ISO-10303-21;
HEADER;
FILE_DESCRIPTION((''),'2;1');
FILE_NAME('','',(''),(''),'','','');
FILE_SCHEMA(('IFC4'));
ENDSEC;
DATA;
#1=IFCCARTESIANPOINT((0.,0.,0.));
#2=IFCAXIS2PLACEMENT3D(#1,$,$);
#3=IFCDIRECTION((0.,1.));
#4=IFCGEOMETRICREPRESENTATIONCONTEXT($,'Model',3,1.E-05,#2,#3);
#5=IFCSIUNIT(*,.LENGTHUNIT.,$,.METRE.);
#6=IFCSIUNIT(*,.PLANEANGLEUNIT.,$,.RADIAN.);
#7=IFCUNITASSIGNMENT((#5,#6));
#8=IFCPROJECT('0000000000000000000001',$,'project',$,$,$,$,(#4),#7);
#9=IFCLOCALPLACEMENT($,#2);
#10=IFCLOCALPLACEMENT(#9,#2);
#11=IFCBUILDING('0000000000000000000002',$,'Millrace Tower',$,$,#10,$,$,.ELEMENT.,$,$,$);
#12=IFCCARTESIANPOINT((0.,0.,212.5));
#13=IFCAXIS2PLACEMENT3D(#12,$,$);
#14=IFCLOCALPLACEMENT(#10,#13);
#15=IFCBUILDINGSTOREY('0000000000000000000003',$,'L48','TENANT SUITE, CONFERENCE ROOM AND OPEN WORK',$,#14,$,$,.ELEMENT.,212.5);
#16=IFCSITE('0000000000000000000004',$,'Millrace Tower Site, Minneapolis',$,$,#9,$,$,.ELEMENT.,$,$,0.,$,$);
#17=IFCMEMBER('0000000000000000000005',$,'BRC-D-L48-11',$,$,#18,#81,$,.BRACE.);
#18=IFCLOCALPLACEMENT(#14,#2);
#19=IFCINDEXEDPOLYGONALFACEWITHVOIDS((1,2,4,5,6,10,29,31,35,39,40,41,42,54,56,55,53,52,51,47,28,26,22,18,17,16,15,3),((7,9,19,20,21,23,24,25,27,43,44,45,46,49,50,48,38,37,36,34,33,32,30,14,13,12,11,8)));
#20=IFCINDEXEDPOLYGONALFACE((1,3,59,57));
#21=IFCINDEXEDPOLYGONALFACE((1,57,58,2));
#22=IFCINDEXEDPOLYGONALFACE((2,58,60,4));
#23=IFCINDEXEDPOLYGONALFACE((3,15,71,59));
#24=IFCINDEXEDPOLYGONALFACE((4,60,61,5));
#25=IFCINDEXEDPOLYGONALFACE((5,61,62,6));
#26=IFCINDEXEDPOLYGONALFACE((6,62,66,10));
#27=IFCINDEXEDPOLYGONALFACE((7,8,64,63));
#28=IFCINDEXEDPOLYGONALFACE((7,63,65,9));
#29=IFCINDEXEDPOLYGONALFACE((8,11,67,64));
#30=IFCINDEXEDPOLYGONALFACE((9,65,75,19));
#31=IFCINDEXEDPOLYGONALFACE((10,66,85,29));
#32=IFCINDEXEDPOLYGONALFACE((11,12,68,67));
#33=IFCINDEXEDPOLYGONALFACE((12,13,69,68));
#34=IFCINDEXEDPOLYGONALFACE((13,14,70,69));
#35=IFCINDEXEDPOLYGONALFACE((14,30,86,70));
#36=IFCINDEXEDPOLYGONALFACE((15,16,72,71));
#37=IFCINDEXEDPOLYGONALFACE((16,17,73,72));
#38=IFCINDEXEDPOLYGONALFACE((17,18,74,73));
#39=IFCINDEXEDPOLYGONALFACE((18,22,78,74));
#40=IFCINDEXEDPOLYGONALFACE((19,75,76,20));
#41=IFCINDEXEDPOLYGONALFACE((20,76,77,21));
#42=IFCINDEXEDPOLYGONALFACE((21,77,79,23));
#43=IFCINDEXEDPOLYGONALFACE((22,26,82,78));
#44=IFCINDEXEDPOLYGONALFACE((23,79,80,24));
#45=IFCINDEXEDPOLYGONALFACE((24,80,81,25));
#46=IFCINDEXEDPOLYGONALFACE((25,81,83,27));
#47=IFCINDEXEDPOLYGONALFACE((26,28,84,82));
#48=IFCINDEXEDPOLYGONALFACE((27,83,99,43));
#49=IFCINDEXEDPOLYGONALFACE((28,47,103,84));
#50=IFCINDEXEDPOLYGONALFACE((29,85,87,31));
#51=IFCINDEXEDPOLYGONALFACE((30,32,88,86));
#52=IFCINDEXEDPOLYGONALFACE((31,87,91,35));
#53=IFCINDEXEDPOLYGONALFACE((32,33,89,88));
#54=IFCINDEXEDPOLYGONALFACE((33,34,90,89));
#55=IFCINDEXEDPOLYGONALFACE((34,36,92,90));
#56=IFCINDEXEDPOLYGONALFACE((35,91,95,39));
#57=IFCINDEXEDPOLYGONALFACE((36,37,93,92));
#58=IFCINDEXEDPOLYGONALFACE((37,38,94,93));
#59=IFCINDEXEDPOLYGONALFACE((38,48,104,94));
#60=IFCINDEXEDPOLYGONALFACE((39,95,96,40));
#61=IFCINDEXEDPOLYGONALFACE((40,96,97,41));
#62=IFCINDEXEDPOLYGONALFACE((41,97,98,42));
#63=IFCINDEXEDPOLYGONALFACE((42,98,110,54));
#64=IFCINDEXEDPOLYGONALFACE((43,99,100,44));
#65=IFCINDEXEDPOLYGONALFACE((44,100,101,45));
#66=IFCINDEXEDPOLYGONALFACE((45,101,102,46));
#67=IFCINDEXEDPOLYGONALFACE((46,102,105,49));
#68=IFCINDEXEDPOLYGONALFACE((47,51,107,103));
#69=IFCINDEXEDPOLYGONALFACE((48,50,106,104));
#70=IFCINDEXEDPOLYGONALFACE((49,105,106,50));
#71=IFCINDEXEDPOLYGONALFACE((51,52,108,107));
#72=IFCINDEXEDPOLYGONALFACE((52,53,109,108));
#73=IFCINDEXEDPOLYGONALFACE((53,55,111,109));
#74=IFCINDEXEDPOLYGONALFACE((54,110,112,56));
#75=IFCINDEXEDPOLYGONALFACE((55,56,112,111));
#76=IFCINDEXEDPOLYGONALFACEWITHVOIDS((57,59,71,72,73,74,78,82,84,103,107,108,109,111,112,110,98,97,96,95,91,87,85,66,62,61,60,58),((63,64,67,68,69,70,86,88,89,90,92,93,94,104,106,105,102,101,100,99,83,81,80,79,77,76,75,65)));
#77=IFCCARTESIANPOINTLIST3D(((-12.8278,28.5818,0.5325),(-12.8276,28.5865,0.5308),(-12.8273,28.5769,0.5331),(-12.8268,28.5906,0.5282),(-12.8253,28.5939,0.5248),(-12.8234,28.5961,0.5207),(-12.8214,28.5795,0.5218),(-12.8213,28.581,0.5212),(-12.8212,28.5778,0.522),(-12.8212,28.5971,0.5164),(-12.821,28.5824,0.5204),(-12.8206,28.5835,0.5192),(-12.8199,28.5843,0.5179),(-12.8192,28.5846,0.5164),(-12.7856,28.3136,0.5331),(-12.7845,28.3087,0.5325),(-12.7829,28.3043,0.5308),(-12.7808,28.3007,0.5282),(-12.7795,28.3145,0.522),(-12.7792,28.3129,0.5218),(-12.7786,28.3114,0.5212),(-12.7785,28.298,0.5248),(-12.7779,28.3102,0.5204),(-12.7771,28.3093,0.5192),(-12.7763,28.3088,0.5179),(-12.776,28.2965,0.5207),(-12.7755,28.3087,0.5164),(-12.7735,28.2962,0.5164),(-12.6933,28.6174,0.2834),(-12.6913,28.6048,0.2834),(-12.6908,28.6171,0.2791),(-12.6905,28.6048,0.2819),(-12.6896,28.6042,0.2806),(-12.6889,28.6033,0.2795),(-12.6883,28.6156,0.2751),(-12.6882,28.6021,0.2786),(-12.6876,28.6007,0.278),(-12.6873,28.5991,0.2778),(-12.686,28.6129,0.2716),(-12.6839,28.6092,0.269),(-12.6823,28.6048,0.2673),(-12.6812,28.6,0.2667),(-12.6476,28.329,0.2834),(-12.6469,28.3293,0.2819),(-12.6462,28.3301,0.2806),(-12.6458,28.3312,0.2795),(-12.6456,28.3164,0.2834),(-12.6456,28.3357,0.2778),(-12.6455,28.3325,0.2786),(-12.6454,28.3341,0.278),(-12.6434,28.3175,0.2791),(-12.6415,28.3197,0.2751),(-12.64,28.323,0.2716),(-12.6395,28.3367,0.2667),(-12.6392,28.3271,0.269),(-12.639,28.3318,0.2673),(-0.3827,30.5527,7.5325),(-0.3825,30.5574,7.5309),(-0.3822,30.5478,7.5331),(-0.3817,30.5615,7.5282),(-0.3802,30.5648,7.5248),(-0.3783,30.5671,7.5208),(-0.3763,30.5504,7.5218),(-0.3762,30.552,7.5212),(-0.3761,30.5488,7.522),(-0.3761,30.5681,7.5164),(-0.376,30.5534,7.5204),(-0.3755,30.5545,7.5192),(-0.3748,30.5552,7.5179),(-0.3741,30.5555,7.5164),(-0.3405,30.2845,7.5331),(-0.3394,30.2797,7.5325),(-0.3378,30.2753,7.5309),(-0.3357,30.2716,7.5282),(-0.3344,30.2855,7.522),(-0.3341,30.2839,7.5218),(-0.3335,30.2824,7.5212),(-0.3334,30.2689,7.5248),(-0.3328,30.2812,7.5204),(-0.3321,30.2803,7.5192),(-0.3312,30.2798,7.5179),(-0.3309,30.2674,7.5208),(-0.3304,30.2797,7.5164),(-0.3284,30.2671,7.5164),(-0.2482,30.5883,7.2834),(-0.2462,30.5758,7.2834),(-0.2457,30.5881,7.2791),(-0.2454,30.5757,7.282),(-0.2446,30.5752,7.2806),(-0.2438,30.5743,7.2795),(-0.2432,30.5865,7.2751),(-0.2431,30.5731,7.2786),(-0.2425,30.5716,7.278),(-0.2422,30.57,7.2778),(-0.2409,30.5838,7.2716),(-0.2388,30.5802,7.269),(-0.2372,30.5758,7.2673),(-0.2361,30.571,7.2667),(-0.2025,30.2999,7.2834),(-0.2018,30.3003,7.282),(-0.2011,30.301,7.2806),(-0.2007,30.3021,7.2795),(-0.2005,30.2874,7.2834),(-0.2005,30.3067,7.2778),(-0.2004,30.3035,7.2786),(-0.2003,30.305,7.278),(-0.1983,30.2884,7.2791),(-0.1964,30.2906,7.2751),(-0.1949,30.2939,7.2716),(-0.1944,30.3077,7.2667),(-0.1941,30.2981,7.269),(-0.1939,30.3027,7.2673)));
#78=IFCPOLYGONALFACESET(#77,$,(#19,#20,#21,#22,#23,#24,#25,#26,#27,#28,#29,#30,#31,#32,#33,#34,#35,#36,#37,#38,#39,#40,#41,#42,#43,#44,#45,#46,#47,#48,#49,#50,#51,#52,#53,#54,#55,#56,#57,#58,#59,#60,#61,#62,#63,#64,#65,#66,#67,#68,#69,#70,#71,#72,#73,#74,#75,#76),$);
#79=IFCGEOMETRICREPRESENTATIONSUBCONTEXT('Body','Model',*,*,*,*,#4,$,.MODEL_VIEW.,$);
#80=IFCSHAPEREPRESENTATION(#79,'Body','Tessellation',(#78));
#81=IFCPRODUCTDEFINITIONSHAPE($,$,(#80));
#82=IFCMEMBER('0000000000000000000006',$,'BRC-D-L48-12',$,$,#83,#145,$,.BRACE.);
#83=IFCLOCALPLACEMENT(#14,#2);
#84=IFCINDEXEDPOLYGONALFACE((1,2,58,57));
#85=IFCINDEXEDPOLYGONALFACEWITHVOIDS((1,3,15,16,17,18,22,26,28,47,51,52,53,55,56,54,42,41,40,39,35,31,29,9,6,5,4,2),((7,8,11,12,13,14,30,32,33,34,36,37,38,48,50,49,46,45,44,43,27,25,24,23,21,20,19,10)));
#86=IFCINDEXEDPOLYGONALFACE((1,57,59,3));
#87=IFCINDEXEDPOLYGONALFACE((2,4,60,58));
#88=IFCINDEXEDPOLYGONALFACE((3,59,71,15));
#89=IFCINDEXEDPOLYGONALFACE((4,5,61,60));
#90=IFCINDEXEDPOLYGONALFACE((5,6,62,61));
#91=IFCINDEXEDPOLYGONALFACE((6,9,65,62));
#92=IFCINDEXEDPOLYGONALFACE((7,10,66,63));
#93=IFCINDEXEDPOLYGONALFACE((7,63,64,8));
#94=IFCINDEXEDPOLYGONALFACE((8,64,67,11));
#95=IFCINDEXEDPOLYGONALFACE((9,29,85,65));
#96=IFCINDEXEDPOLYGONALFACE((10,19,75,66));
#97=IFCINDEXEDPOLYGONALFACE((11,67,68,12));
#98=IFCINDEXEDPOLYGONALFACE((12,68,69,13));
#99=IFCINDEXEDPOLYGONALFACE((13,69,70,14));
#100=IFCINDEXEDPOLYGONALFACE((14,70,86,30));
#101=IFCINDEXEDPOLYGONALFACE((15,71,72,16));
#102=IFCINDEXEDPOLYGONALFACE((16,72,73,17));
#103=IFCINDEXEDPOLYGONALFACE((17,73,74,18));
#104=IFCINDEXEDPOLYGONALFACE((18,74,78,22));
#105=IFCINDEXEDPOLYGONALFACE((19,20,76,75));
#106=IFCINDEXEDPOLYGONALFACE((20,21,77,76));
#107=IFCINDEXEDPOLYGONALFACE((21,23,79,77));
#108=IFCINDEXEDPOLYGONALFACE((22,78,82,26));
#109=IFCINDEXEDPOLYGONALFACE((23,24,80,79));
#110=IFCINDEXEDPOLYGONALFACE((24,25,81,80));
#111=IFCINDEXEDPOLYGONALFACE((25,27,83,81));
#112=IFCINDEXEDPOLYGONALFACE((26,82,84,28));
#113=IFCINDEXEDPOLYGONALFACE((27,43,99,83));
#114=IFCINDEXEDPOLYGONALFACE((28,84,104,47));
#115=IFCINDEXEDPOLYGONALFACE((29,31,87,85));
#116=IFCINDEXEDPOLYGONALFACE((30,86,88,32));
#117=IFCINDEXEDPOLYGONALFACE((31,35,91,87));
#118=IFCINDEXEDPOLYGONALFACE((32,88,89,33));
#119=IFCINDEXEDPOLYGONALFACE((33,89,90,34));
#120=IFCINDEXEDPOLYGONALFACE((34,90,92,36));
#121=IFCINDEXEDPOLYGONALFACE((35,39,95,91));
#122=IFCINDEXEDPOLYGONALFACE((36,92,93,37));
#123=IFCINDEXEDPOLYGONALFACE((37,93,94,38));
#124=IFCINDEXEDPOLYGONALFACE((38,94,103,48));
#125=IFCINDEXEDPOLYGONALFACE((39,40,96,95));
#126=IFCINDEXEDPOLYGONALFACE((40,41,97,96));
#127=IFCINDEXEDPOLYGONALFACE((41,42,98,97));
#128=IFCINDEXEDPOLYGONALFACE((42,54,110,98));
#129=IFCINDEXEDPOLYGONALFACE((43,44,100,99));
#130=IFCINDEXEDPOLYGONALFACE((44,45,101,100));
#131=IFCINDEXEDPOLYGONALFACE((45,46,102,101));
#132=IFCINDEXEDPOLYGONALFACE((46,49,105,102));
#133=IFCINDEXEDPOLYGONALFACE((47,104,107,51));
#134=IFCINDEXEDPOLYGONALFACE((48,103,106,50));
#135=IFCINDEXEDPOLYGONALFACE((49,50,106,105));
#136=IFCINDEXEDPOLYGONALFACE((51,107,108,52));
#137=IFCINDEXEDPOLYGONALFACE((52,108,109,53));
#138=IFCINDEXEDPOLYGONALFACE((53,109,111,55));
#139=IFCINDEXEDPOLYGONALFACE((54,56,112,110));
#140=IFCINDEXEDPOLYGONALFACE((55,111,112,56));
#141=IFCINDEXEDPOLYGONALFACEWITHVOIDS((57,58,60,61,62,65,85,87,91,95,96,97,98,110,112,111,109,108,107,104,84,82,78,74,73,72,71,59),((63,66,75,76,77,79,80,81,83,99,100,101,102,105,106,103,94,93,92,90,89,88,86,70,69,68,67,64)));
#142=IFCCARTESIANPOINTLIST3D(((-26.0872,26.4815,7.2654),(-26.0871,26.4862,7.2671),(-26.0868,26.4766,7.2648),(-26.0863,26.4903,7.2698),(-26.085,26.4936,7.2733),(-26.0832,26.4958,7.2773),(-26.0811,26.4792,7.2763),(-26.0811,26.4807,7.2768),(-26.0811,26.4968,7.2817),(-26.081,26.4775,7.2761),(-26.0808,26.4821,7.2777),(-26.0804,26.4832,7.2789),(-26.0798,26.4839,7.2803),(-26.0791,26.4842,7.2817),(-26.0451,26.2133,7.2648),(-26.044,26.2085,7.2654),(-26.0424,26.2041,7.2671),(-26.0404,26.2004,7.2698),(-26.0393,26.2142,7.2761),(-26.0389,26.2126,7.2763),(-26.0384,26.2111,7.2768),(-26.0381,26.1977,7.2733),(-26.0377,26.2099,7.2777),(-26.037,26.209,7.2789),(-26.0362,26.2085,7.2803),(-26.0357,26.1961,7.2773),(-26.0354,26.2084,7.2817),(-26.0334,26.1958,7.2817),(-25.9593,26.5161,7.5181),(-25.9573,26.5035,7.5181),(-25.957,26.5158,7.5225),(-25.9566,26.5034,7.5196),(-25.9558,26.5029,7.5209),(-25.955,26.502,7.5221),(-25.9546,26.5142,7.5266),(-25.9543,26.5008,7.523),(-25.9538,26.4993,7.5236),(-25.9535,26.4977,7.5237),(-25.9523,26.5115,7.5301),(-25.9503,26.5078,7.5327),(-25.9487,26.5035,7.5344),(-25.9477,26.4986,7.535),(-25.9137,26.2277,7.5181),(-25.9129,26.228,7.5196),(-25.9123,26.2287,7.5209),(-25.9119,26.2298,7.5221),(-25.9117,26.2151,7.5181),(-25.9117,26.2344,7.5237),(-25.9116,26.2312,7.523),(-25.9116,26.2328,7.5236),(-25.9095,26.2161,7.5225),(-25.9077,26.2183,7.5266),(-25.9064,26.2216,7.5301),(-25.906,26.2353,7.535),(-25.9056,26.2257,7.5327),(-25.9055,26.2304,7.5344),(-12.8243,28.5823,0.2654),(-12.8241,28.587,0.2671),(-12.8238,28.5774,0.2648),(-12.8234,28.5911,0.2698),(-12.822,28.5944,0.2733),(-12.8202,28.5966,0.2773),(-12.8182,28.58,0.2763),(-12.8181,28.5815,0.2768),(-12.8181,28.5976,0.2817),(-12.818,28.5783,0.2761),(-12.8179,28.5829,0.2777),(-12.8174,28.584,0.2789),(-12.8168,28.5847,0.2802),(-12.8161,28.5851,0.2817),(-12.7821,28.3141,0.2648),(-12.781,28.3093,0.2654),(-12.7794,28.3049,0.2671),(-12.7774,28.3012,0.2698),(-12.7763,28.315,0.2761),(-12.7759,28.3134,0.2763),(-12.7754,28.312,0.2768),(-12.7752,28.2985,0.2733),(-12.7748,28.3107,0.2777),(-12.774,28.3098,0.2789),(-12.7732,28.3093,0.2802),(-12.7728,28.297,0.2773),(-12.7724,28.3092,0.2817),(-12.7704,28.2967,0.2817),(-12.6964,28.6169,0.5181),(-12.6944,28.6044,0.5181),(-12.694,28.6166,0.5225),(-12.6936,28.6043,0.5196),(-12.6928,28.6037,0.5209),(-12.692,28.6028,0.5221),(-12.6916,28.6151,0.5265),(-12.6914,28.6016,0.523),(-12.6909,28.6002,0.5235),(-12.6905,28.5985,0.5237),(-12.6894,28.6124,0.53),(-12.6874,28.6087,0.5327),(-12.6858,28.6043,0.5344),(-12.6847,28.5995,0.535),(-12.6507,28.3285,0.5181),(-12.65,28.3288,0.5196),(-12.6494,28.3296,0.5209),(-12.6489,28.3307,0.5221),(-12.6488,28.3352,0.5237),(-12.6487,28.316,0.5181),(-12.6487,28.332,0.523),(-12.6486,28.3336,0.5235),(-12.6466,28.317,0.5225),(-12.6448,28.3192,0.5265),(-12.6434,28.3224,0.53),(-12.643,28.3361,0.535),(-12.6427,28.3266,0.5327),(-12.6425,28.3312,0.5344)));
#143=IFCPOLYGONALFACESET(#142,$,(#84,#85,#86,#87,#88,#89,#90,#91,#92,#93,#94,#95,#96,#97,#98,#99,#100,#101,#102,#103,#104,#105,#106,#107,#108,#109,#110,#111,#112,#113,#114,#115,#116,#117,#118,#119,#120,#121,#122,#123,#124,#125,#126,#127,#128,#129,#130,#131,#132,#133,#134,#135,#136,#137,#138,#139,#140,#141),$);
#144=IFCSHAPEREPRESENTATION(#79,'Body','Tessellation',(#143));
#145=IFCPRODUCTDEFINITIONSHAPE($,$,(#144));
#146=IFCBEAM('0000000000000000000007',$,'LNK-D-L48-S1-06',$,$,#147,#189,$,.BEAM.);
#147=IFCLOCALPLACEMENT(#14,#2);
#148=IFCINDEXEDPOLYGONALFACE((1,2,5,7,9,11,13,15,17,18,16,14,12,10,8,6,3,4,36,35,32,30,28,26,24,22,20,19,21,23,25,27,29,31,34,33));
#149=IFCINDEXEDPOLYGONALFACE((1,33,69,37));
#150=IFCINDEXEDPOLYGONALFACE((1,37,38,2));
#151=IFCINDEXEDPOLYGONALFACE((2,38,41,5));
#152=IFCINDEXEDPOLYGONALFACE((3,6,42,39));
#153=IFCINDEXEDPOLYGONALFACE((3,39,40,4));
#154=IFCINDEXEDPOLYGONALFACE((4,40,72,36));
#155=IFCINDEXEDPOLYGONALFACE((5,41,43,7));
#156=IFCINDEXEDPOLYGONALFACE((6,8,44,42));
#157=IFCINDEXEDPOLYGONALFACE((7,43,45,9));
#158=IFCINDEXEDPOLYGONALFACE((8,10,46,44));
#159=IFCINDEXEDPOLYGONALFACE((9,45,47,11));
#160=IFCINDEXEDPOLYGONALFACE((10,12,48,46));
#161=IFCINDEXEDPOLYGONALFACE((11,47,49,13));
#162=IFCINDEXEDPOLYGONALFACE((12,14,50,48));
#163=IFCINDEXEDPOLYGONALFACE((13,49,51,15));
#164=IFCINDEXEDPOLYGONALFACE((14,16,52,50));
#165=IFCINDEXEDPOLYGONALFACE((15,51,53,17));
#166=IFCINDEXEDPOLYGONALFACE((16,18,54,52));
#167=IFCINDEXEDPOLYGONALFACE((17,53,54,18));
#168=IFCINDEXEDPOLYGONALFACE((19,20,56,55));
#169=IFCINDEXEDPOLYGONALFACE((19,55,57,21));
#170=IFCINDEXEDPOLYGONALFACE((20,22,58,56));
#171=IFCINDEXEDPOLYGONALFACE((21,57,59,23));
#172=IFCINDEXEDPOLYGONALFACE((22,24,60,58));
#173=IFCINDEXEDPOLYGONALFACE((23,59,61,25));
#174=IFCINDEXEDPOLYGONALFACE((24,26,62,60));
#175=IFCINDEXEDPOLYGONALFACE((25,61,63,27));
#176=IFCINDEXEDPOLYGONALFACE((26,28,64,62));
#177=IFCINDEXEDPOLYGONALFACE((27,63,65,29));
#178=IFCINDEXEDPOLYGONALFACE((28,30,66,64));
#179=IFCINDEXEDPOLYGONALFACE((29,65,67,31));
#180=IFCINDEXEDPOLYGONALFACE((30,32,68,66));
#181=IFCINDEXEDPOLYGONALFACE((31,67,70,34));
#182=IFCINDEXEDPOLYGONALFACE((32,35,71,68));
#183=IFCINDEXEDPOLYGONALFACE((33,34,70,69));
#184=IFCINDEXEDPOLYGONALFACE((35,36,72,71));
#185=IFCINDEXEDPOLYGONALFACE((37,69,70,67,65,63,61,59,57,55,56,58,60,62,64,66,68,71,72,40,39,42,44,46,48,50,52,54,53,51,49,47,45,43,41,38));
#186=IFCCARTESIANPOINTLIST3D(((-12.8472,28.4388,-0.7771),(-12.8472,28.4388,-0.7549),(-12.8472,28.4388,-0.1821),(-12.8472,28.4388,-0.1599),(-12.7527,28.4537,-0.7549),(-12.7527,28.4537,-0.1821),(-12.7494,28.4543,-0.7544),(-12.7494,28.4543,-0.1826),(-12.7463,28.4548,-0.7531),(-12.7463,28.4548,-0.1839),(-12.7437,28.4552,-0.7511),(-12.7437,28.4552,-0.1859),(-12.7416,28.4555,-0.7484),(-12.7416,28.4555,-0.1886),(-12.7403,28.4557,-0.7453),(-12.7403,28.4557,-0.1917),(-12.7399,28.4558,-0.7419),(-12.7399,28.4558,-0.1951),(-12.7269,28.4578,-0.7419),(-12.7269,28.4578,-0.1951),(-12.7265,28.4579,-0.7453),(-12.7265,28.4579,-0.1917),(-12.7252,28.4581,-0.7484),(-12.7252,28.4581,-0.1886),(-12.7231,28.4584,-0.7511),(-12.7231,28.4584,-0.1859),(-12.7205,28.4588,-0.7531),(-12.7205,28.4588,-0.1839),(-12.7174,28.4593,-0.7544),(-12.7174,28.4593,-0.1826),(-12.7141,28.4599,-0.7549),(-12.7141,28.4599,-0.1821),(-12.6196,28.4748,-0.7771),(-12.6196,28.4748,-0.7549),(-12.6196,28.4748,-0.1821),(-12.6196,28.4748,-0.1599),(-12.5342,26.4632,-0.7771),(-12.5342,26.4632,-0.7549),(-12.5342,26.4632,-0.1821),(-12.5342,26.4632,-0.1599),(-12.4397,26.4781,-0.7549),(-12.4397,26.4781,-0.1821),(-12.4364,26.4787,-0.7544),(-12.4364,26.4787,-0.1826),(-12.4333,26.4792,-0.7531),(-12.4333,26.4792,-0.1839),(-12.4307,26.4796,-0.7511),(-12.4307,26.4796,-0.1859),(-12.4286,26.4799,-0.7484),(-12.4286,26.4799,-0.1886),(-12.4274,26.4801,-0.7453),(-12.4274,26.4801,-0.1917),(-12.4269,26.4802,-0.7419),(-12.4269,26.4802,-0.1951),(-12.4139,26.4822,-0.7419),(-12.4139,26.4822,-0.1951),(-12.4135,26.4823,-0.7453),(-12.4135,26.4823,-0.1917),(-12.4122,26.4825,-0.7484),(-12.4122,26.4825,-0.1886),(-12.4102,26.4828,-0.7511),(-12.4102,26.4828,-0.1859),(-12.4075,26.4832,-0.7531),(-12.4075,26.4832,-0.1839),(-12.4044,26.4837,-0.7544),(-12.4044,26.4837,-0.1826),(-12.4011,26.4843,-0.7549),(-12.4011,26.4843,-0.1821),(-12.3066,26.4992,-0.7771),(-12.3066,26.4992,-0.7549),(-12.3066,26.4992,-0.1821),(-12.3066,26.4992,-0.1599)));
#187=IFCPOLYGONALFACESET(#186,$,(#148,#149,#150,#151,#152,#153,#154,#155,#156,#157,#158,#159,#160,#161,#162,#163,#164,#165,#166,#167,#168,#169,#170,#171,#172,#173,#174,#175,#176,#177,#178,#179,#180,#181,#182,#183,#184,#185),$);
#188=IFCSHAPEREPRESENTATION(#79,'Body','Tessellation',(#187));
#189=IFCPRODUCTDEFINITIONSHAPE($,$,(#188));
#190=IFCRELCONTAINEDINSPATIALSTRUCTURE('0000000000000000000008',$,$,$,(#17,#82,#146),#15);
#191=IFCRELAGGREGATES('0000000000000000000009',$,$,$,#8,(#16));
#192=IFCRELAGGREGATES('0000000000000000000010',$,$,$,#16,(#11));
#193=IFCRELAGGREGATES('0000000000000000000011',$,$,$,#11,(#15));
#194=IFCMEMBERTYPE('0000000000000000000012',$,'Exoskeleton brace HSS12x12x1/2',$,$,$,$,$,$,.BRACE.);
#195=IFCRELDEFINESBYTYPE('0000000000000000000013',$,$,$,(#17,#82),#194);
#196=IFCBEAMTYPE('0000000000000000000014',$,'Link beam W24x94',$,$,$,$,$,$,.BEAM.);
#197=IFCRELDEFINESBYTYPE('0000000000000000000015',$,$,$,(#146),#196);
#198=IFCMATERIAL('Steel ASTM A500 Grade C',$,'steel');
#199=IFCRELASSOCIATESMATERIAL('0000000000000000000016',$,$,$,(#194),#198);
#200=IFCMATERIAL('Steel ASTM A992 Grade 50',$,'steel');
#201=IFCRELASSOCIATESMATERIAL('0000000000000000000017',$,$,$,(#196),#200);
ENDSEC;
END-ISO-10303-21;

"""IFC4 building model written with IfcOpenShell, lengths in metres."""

from ifc_helpers import new_model, si_unit, direction, frame, origin, origin_2d, place, context, subcontext, project, spatial, hollow_rectangle, i_section, extrude, material, material_profile, profile_set, type_object, element, save


model = new_model("IFC4")

# Units and contexts
model_context = context("Model", 3, precision=1e-05, world=origin(), true_north=direction((0.0, 1.0)))
body_context = subcontext(model_context, "Body", "Model", "MODEL_VIEW")
ifc_project = project(units=[si_unit("LENGTHUNIT", "METRE"), si_unit("PLANEANGLEUNIT", "RADIAN")], contexts=[model_context])

# Site, building, storey
site_placement = place(None, origin())
site = spatial("IfcSite", under=ifc_project, at=site_placement, Name="Millrace Tower Site, Minneapolis", CompositionType="ELEMENT", RefElevation=0.0)
building_placement = place(site_placement, origin())
building = spatial("IfcBuilding", under=site, at=building_placement, Name="Millrace Tower", CompositionType="ELEMENT")
storey_placement = place(building_placement, frame((0.0, 0.0, 212.5)))
storey = spatial("IfcBuildingStorey", under=building, at=storey_placement, Name="L48", Description="TENANT SUITE, CONFERENCE ROOM AND OPEN WORK", CompositionType="ELEMENT", Elevation=212.5)

# Members
ifc_material_1 = material(Name="Steel ASTM A500 Grade C", Category="steel")
ifc_material_profile_1 = material_profile(ifc_material_1, hollow_rectangle(XDim=0.3047, YDim=0.3047, WallThickness=0.0127, InnerFilletRadius=0.0063, OuterFilletRadius=0.019, at=origin_2d()))
ifc_profile_set_1 = profile_set([ifc_material_profile_1], Name="Steel ASTM A500 Grade C")
member_type_1 = type_object("IfcMemberType", Name="Exoskeleton brace HSS12x12x1/2", PredefinedType="BRACE", material=ifc_profile_set_1)
member_1_placement = place(storey_placement, frame((-12.7334, 28.4568, 0.3999), z_axis=(0.863399, 0.136738, 0.485638), x_axis=(-0.156422, 0.98769, 0.0)))
element("IfcMember", 1, at=member_1_placement, inside=storey, type_object=member_type_1, Name="BRC-D-L48-11", PredefinedType="BRACE", context=body_context, shape_type="SweptSolid", body=[
    extrude(hollow_rectangle(XDim=0.3047, YDim=0.3047, WallThickness=0.0127, InnerFilletRadius=0.0063, OuterFilletRadius=0.019, at=origin_2d()), origin(), (0.0, 0.0, 1.0), 14.4141),
])
member_2_placement = place(storey_placement, frame((-12.7334, 28.4568, 0.3999), z_axis=(-0.87583, -0.13873, 0.462251), x_axis=(0.156448, -0.987686, 0.0)))
element("IfcMember", 2, at=member_2_placement, inside=storey, type_object=member_type_1, Name="BRC-D-L48-12", PredefinedType="BRACE", context=body_context, shape_type="SweptSolid", body=[
    extrude(hollow_rectangle(XDim=0.3047, YDim=0.3047, WallThickness=0.0127, InnerFilletRadius=0.0063, OuterFilletRadius=0.019, at=origin_2d()), origin(), (0.0, 0.0, 1.0), 15.1433),
])

# Beam
ifc_material_2 = material(Name="Steel ASTM A992 Grade 50", Category="steel")
ifc_material_profile_2 = material_profile(ifc_material_2, i_section(OverallWidth=0.2305, OverallDepth=0.6172, WebThickness=0.0132, FlangeThickness=0.0222, FilletRadius=0.0129, at=origin_2d()))
ifc_profile_set_2 = profile_set([ifc_material_profile_2], Name="Steel ASTM A992 Grade 50")
beam_type_1 = type_object("IfcBeamType", Name="Link beam W24x94", PredefinedType="BEAM", material=ifc_profile_set_2)
beam_1_placement = place(storey_placement, frame((-12.4204, 26.4812, -0.4685), z_axis=(-0.156477, 0.987682, 0.0), x_axis=(-0.987682, -0.156477, 0.0)))
element("IfcBeam", 3, at=beam_1_placement, inside=storey, type_object=beam_type_1, Name="LNK-D-L48-S1-06", PredefinedType="BEAM", context=body_context, shape_type="SweptSolid", body=[
    extrude(i_section(OverallWidth=0.2305, OverallDepth=0.6172, WebThickness=0.0132, FlangeThickness=0.0222, FilletRadius=0.0129, at=origin_2d()), origin(), (0.0, 0.0, 1.0), 2.0002),
])

save(model, "model.ifc")
